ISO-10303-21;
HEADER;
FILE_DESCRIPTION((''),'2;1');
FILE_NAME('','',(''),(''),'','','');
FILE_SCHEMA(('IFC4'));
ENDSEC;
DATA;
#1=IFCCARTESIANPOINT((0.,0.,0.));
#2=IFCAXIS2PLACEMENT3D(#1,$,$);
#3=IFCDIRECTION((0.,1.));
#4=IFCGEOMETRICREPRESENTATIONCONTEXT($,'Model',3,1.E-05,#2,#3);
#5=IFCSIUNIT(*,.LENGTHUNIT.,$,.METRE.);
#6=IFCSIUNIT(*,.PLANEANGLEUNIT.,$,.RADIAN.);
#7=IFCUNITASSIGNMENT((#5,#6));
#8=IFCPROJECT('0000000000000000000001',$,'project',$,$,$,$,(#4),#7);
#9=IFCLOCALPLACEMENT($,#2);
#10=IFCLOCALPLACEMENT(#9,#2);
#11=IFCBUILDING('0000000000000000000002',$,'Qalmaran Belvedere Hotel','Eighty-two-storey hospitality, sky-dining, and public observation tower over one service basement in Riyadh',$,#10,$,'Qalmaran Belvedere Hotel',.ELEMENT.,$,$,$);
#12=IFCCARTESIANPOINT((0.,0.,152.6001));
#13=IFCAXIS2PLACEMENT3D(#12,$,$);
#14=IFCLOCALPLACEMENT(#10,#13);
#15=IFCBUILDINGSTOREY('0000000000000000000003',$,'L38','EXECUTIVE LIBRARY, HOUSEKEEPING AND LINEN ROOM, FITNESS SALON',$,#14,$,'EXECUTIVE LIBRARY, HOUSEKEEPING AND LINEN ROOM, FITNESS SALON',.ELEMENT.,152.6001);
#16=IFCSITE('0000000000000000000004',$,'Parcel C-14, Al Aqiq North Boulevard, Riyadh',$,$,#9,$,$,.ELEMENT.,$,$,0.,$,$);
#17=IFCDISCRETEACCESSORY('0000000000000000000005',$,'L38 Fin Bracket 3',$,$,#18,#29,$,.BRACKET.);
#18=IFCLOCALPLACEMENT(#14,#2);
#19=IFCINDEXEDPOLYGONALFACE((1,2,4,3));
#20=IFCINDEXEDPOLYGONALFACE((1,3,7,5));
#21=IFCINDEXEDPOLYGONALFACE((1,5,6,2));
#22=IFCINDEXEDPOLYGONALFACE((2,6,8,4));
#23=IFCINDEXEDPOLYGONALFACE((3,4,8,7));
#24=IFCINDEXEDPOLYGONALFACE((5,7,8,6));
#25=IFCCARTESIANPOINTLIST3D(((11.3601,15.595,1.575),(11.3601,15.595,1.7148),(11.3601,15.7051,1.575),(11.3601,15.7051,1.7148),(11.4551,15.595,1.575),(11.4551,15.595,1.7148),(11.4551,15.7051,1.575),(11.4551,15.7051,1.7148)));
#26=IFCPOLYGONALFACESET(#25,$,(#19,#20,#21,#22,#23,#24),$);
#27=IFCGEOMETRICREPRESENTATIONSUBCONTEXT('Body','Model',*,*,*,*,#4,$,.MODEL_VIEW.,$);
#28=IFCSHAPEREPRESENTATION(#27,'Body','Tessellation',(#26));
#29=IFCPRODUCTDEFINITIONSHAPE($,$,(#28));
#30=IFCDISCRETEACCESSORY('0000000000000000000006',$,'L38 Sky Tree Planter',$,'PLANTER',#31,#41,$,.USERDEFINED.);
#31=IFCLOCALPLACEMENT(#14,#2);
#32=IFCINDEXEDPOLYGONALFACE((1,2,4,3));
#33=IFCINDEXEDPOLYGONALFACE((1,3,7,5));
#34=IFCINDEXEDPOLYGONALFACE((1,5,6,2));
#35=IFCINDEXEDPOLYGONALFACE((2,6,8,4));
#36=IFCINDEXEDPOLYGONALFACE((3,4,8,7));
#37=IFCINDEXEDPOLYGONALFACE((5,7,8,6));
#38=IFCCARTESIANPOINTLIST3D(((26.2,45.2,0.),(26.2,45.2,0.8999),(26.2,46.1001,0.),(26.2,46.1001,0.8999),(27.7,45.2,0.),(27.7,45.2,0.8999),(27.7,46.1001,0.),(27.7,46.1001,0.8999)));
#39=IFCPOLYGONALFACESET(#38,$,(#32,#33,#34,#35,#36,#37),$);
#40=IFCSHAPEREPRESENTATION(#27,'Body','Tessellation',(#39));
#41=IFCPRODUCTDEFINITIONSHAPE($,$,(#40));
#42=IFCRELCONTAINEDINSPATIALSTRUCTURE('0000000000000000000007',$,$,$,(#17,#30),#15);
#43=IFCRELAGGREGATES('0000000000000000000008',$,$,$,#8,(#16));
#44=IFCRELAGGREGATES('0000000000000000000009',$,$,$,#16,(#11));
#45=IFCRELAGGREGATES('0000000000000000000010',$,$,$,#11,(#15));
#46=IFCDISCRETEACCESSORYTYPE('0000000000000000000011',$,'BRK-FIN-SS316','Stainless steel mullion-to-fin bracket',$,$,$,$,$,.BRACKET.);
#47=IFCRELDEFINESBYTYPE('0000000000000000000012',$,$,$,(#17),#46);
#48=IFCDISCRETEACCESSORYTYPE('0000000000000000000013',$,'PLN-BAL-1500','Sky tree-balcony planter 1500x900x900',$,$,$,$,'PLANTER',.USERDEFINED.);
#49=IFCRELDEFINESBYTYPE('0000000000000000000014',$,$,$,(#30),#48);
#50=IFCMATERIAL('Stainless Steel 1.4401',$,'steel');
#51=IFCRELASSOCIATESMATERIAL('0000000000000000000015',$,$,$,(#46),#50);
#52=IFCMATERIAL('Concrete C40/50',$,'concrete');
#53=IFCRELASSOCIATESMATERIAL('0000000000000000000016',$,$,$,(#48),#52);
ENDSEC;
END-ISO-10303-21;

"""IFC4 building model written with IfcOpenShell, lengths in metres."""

from ifc_helpers import new_model, si_unit, direction, frame, origin, place, context, subcontext, project, spatial, polyline, outline, extrude, material, type_object, element, save


model = new_model("IFC4")

# Units and contexts
model_context = context("Model", 3, precision=1e-05, world=origin(), true_north=direction((0.0, 1.0)))
body_context = subcontext(model_context, "Body", "Model", "MODEL_VIEW")
ifc_project = project(units=[si_unit("LENGTHUNIT", "METRE"), si_unit("PLANEANGLEUNIT", "RADIAN")], contexts=[model_context])

# Site, building, storey
site_placement = place(None, origin())
site = spatial("IfcSite", under=ifc_project, at=site_placement, Name="Parcel C-14, Al Aqiq North Boulevard, Riyadh", CompositionType="ELEMENT", RefElevation=0.0)
building_placement = place(site_placement, origin())
building = spatial("IfcBuilding", under=site, at=building_placement, Name="Qalmaran Belvedere Hotel", Description="Eighty-two-storey hospitality, sky-dining, and public observation tower over one service basement in Riyadh", LongName="Qalmaran Belvedere Hotel", CompositionType="ELEMENT")
storey_placement = place(building_placement, frame((0.0, 0.0, 152.6001)))
storey = spatial("IfcBuildingStorey", under=building, at=storey_placement, Name="L38", Description="EXECUTIVE LIBRARY, HOUSEKEEPING AND LINEN ROOM, FITNESS SALON", LongName="EXECUTIVE LIBRARY, HOUSEKEEPING AND LINEN ROOM, FITNESS SALON", CompositionType="ELEMENT", Elevation=152.6001)

# Shared definitions
ifc_material_1 = material(Name="Concrete C40/50", Category="concrete")

# Discrete accessories
ifc_material_2 = material(Name="Stainless Steel 1.4401", Category="steel")
discrete_accessory_type_1 = type_object("IfcDiscreteAccessoryType", Name="BRK-FIN-SS316", Description="Stainless steel mullion-to-fin bracket", PredefinedType="BRACKET", material=ifc_material_2)
discrete_accessory_1_placement = place(storey_placement, frame((0.0, 0.0, 1.575)))
element("IfcDiscreteAccessory", 1, at=discrete_accessory_1_placement, inside=storey, type_object=discrete_accessory_type_1, Name="L38 Fin Bracket 3", PredefinedType="BRACKET", context=body_context, shape_type="SweptSolid", body=[
    extrude(outline(polyline([(11.4551, 15.7051), (11.3601, 15.7051), (11.3601, 15.595), (11.4551, 15.595), (11.4551, 15.7051)])), origin(), (0.0, 0.0, 1.0), 0.1399),
])
discrete_accessory_type_2 = type_object("IfcDiscreteAccessoryType", Name="PLN-BAL-1500", Description="Sky tree-balcony planter 1500x900x900", ElementType="PLANTER", PredefinedType="USERDEFINED", material=ifc_material_1)
discrete_accessory_2_placement = place(storey_placement, origin())
element("IfcDiscreteAccessory", 2, at=discrete_accessory_2_placement, inside=storey, type_object=discrete_accessory_type_2, Name="L38 Sky Tree Planter", ObjectType="PLANTER", PredefinedType="USERDEFINED", context=body_context, shape_type="SweptSolid", body=[
    extrude(outline(polyline([(26.2, 45.2), (27.7, 45.2), (27.7, 46.1001), (26.2, 46.1001), (26.2, 45.2)])), origin(), (0.0, 0.0, 1.0), 0.8999),
])

save(model, "model.ifc")
